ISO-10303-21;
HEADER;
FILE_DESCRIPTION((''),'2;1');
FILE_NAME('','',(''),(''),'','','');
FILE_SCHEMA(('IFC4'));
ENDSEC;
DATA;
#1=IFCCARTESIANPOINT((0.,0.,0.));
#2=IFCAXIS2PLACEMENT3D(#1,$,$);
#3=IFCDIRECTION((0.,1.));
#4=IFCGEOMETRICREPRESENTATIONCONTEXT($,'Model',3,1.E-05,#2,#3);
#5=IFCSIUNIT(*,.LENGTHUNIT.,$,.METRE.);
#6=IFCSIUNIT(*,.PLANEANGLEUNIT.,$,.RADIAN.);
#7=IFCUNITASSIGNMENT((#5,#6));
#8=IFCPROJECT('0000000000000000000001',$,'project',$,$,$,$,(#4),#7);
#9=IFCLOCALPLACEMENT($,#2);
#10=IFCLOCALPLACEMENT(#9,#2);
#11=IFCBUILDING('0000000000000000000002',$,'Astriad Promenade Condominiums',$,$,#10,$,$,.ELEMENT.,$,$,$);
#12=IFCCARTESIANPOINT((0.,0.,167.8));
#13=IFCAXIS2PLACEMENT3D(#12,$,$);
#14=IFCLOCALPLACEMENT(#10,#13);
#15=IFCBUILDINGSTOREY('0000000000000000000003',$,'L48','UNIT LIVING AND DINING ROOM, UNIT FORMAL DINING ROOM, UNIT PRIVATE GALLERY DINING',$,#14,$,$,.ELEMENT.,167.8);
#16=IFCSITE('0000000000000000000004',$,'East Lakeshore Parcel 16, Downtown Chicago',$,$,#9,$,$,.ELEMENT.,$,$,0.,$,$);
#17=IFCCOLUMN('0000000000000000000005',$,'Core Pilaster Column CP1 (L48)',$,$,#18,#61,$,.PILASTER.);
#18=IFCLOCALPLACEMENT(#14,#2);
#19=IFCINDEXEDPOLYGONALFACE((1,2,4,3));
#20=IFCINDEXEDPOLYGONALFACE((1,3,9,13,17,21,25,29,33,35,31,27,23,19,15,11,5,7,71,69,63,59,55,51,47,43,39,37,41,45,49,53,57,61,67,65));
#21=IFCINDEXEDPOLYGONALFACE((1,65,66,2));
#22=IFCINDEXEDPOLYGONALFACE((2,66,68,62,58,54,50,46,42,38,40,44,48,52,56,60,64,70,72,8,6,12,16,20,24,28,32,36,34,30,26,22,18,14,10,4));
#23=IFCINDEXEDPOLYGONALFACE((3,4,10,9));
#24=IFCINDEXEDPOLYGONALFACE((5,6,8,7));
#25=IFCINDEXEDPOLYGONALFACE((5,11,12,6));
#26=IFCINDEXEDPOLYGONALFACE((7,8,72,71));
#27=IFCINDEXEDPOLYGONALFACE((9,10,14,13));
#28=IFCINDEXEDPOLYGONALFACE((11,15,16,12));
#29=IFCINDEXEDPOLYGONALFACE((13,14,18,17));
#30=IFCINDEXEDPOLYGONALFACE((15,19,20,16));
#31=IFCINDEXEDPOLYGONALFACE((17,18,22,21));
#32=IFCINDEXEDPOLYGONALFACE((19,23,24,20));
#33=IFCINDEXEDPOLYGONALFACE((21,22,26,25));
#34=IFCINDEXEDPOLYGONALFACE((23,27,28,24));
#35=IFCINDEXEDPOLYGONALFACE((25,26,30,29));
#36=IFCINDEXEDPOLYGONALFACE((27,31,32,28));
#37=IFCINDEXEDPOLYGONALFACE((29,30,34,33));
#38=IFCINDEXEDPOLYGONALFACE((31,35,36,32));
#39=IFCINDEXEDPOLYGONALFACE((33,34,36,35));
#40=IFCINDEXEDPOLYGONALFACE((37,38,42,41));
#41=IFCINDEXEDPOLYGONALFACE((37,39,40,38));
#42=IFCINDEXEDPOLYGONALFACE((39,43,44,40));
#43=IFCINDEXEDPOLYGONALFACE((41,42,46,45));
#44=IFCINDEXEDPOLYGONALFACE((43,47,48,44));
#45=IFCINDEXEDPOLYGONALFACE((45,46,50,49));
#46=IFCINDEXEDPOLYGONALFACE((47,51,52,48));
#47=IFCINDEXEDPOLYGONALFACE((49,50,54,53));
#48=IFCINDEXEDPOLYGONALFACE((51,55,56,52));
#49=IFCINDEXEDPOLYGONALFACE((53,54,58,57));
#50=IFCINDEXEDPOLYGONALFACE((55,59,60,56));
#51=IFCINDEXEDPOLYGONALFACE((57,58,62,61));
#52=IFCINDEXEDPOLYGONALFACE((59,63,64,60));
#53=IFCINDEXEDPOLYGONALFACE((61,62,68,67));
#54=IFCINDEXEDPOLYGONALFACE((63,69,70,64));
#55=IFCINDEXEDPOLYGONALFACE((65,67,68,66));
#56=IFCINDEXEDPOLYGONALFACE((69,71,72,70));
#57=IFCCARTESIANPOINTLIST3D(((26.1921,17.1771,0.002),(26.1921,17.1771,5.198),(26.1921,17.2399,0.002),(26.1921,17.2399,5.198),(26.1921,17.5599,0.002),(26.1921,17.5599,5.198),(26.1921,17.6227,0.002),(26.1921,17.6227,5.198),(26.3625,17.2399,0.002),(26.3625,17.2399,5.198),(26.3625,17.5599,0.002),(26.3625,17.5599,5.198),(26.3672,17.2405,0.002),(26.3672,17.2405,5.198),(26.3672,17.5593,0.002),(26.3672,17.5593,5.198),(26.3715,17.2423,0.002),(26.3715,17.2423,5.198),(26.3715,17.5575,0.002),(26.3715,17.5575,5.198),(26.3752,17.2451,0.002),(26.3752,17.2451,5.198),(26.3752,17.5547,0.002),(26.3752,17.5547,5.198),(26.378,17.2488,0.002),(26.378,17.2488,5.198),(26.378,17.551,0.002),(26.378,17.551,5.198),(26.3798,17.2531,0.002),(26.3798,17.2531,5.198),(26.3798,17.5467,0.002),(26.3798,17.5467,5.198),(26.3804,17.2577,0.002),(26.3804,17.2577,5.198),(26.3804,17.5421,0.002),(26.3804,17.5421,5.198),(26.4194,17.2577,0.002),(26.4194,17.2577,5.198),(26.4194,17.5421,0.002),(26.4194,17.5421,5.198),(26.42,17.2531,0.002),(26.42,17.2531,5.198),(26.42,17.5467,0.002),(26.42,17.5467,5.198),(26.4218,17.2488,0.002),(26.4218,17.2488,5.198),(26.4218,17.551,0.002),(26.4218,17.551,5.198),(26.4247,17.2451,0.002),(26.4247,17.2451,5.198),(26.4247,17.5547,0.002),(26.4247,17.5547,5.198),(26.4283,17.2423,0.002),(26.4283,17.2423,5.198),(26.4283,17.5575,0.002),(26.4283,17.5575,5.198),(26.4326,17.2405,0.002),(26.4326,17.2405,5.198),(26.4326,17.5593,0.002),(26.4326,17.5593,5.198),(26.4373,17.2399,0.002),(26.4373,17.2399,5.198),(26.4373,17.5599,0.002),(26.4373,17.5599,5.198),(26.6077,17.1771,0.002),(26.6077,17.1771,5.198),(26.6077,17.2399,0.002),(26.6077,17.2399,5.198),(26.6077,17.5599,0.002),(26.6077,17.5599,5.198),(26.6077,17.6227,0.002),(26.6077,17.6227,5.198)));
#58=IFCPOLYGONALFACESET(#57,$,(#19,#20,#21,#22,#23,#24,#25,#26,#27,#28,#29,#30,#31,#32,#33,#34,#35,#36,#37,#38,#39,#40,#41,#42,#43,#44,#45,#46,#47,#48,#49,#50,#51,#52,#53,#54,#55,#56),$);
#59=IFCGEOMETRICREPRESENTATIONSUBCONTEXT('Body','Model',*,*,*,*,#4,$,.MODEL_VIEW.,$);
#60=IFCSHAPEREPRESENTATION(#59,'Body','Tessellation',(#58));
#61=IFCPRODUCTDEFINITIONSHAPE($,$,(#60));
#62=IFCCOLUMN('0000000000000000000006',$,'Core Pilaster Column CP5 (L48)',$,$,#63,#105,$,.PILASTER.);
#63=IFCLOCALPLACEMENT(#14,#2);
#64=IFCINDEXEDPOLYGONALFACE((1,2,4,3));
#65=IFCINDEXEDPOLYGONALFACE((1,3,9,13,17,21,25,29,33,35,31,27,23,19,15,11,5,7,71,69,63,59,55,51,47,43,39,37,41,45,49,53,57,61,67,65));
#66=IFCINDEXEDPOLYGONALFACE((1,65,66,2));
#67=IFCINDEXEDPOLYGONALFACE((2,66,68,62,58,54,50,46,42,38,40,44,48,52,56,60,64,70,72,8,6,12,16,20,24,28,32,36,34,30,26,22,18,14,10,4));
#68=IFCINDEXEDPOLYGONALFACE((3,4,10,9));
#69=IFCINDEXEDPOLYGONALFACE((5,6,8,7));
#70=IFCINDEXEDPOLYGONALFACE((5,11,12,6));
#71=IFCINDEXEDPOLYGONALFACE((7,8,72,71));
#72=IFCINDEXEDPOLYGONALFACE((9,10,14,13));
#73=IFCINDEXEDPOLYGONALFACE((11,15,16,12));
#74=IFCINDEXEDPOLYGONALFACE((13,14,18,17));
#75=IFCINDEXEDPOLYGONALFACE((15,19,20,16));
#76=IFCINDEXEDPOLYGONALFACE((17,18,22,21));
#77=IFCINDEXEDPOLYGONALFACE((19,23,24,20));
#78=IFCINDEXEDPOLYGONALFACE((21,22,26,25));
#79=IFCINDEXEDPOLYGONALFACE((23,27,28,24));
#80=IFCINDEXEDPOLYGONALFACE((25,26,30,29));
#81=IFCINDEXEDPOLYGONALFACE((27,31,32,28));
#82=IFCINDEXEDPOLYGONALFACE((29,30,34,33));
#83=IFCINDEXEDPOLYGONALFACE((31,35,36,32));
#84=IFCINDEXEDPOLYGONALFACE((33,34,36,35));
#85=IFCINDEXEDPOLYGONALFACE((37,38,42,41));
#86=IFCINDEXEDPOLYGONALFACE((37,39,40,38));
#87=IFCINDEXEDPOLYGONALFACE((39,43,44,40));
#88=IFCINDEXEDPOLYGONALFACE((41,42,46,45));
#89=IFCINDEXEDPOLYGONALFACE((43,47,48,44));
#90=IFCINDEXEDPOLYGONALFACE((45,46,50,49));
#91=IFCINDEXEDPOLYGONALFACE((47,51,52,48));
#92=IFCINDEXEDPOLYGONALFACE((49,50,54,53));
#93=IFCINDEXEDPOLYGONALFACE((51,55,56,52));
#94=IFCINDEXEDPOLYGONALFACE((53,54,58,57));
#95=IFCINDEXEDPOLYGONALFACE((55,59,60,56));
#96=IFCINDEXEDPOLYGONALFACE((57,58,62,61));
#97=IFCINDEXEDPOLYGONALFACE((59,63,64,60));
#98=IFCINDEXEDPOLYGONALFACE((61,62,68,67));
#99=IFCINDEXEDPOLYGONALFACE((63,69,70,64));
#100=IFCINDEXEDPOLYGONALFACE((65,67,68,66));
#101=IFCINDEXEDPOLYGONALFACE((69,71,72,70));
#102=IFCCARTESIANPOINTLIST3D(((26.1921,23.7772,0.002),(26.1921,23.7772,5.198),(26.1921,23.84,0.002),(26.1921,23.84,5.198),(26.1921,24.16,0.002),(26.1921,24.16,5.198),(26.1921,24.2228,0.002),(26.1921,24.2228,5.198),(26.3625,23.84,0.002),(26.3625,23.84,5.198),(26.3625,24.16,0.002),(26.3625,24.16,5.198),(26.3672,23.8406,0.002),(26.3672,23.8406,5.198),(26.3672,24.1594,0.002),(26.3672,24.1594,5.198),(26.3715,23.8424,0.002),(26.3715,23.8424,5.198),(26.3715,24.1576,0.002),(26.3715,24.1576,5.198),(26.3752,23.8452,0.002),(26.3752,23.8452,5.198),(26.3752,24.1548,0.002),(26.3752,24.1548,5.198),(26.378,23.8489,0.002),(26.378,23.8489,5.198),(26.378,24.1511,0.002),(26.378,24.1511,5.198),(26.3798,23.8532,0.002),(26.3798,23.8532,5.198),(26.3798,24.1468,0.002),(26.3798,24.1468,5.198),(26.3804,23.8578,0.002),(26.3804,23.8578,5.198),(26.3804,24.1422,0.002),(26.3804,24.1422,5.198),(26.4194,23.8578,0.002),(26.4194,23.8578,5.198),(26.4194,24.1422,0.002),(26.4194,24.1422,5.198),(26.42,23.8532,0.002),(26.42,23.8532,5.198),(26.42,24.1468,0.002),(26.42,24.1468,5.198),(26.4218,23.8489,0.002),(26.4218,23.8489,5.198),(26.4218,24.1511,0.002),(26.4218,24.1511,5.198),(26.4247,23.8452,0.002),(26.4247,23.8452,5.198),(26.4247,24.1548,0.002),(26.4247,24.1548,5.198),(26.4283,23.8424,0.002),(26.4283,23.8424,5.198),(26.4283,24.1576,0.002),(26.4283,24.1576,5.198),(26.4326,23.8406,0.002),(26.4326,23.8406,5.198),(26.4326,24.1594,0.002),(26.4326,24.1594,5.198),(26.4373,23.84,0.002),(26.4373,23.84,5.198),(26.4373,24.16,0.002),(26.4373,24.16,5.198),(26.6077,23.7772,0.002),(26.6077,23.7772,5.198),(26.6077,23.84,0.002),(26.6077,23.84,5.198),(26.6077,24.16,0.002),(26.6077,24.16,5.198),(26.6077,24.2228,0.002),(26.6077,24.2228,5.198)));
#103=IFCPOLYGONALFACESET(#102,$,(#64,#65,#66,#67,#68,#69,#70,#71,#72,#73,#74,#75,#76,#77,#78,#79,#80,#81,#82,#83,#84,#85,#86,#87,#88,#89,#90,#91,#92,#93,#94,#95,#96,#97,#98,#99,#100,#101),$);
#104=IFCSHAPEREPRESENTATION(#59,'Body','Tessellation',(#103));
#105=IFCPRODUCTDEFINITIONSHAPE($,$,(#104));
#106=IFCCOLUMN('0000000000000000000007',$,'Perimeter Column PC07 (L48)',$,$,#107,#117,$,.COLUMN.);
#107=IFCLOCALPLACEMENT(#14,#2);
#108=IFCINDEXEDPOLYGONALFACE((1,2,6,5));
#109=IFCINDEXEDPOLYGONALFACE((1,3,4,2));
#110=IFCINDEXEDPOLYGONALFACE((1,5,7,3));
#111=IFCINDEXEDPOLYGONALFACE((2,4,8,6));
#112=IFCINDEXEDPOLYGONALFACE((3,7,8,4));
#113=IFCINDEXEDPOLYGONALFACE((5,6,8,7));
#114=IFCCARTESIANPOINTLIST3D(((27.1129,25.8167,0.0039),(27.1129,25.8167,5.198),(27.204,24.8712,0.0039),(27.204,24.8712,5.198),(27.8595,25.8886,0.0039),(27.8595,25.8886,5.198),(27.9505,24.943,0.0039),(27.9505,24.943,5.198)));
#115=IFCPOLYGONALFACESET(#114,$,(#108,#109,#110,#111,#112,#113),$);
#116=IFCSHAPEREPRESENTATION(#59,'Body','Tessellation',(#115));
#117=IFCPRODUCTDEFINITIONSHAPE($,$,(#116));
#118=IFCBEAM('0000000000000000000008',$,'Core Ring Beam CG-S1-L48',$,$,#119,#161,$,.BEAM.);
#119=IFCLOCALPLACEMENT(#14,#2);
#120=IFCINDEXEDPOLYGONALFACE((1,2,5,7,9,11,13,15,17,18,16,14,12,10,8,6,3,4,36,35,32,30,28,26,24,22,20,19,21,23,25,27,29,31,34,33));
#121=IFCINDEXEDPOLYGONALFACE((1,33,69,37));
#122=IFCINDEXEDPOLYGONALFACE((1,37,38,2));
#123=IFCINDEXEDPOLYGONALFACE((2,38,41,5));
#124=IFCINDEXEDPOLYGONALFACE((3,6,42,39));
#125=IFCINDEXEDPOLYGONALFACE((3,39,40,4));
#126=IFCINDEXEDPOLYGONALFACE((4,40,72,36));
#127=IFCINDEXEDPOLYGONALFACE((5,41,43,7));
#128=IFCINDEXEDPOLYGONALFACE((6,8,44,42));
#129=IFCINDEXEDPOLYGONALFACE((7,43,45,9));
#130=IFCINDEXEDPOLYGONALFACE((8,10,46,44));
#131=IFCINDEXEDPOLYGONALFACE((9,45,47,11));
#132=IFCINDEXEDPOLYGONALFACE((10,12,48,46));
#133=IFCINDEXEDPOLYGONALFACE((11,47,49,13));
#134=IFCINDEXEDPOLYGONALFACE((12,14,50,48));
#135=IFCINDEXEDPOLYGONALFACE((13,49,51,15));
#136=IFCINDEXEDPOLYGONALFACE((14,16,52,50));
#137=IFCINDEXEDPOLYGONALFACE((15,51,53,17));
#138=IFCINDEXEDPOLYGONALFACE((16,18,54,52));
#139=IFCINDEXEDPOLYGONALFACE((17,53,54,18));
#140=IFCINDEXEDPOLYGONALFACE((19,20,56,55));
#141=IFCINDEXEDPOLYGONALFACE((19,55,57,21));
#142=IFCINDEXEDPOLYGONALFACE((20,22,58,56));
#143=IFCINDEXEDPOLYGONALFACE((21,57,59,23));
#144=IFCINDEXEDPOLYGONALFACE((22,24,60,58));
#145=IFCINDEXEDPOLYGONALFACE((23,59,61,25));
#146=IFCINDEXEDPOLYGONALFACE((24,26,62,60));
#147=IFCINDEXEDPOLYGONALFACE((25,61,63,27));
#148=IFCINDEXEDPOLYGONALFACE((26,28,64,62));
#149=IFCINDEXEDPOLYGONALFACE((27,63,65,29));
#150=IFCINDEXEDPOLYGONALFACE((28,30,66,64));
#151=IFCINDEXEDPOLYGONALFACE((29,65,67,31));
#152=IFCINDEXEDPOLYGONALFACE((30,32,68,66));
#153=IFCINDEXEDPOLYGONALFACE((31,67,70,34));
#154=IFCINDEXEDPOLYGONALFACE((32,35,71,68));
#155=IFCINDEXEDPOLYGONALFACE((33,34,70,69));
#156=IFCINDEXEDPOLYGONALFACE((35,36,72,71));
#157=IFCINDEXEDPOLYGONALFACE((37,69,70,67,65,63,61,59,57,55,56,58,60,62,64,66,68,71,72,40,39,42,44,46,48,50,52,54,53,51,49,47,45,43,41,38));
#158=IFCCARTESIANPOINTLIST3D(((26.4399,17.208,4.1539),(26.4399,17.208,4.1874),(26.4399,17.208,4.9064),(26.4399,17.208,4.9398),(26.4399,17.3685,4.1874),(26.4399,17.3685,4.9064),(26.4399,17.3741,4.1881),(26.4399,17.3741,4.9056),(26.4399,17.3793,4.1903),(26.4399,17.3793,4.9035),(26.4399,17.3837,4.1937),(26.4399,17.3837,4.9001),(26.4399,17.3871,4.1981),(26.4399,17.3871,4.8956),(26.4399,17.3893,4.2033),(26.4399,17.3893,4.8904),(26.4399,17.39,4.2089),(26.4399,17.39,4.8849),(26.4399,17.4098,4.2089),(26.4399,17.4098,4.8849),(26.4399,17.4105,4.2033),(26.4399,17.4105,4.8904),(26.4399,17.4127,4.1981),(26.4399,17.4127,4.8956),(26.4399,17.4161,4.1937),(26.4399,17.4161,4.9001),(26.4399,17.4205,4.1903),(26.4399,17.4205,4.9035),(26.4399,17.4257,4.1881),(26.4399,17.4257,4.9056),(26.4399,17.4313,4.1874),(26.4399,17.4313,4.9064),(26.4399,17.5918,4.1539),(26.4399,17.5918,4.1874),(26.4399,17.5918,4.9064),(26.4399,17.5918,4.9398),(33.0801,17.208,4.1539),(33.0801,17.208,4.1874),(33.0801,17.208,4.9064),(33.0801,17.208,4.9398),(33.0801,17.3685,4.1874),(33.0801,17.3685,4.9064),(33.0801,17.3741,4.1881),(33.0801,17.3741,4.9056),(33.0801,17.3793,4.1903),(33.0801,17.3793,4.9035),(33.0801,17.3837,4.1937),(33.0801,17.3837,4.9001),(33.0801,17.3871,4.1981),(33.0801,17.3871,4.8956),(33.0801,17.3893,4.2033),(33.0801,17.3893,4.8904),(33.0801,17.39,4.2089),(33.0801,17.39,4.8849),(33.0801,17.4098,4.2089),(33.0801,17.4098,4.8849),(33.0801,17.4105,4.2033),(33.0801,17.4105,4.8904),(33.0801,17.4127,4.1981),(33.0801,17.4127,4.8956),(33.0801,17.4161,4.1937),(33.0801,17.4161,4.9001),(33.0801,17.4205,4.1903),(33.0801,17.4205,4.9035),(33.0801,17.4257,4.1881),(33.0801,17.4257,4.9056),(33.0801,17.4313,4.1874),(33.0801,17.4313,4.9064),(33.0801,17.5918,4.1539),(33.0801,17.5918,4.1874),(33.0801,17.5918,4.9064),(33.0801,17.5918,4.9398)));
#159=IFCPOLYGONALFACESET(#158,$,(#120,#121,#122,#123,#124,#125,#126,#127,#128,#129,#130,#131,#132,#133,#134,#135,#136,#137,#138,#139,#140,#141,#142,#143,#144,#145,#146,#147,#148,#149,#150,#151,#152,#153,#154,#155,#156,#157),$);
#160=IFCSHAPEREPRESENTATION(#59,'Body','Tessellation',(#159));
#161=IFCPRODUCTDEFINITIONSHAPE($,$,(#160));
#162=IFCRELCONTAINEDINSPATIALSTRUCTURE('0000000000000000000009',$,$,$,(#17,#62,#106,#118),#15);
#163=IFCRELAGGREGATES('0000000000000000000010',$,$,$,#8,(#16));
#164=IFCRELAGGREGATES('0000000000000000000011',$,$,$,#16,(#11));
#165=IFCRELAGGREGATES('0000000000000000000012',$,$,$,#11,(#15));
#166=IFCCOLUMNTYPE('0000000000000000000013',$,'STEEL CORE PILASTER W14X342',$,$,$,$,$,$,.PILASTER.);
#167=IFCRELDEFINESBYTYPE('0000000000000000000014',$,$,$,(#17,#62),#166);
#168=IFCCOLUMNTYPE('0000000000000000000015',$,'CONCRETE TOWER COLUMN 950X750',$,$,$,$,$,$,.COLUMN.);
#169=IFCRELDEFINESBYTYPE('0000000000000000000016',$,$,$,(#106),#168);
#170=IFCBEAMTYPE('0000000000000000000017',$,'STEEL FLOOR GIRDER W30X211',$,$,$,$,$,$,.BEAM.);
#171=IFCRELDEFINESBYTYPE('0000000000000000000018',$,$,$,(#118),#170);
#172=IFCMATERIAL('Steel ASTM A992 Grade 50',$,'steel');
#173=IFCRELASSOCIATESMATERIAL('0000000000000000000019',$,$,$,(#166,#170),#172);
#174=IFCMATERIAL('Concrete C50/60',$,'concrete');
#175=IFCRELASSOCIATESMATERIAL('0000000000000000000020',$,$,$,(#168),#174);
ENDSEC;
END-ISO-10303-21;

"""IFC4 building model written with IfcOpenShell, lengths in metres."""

from ifc_helpers import new_model, si_unit, direction, frame, origin, origin_2d, place, context, subcontext, project, spatial, rectangle, i_section, extrude, source, transform, mapped, material, material_profile, profile_set, type_object, type_shapes, element, save


model = new_model("IFC4")

# Units and contexts
model_context = context("Model", 3, precision=1e-05, world=origin(), true_north=direction((0.0, 1.0)))
body_context = subcontext(model_context, "Body", "Model", "MODEL_VIEW")
ifc_project = project(units=[si_unit("LENGTHUNIT", "METRE"), si_unit("PLANEANGLEUNIT", "RADIAN")], contexts=[model_context])

# Site, building, storey
site_placement = place(None, origin())
site = spatial("IfcSite", under=ifc_project, at=site_placement, Name="East Lakeshore Parcel 16, Downtown Chicago", CompositionType="ELEMENT", RefElevation=0.0)
building_placement = place(site_placement, origin())
building = spatial("IfcBuilding", under=site, at=building_placement, Name="Astriad Promenade Condominiums", CompositionType="ELEMENT")
storey_placement = place(building_placement, frame((0.0, 0.0, 167.8)))
storey = spatial("IfcBuildingStorey", under=building, at=storey_placement, Name="L48", Description="UNIT LIVING AND DINING ROOM, UNIT FORMAL DINING ROOM, UNIT PRIVATE GALLERY DINING", CompositionType="ELEMENT", Elevation=167.8)

# Columns
ifc_material_1 = material(Name="Steel ASTM A992 Grade 50", Category="steel")
ifc_material_profile_1 = material_profile(ifc_material_1, i_section(OverallWidth=0.4155, OverallDepth=0.4456, WebThickness=0.0391, FlangeThickness=0.0627, FilletRadius=0.0178, at=origin_2d()), Name="W14X342")
ifc_profile_set_1 = profile_set([ifc_material_profile_1], Name="Steel ASTM A992 Grade 50")
column_type_1 = type_object("IfcColumnType", Name="STEEL CORE PILASTER W14X342", PredefinedType="PILASTER", material=ifc_profile_set_1)
shared_shape_1 = source(origin(), body_context, "Body", "SweptSolid", [
    extrude(i_section(OverallWidth=0.4155, OverallDepth=0.4456, WebThickness=0.0391, FlangeThickness=0.0627, FilletRadius=0.0178, at=origin_2d()), origin(), (0.0, 0.0, 1.0), 5.196),
])
type_shapes(column_type_1, [shared_shape_1])
for number, where, z_axis, x_axis, name in (
    (1, (26.3999, 17.3999, 0.002), (0.0, 0.0, 1.0), (1.0, 0.0, 0.0), "Core Pilaster Column CP1 (L48)"),
    (2, (26.3999, 24.0, 0.002), (0.0, 0.0, 1.0), (1.0, 0.0, 0.0), "Core Pilaster Column CP5 (L48)"),
):
    element("IfcColumn", number, at=place(storey_placement, frame(where, z_axis=z_axis, x_axis=x_axis)), inside=storey, type_object=column_type_1, Name=name, PredefinedType="PILASTER", context=body_context, shape_type="MappedRepresentation", body=[
        mapped(shared_shape_1, transform((0.0, 0.0, 0.0), scale=1.0)),
    ])
ifc_material_2 = material(Name="Concrete C50/60", Category="concrete")
ifc_material_profile_2 = material_profile(ifc_material_2, rectangle(XDim=0.75, YDim=0.95, at=origin_2d()), Name="RC-COL-950X750")
ifc_profile_set_2 = profile_set([ifc_material_profile_2], Name="Concrete C50/60")
column_type_2 = type_object("IfcColumnType", Name="CONCRETE TOWER COLUMN 950X750", PredefinedType="COLUMN", material=ifc_profile_set_2)
shared_shape_2 = source(origin(), body_context, "Body", "SweptSolid", [
    extrude(rectangle(XDim=0.75, YDim=0.95, at=origin_2d()), origin(), (0.0, 0.0, 1.0), 5.1941),
])
type_shapes(column_type_2, [shared_shape_2])
column_placement = place(storey_placement, frame((27.5317, 25.3799, 0.0039), z_axis=(0.0, 0.0, 1.0), x_axis=(0.995396, 0.095846, 0.0)))
element("IfcColumn", 3, at=column_placement, inside=storey, type_object=column_type_2, Name="Perimeter Column PC07 (L48)", PredefinedType="COLUMN", context=body_context, shape_type="MappedRepresentation", body=[
    mapped(shared_shape_2, transform((0.0, 0.0, 0.0), scale=1.0)),
])

# Beam
ifc_material_profile_3 = material_profile(ifc_material_1, i_section(OverallWidth=0.3838, OverallDepth=0.7859, WebThickness=0.0198, FlangeThickness=0.0334, FilletRadius=0.0215, at=origin_2d()), Name="W30X211")
ifc_profile_set_3 = profile_set([ifc_material_profile_3], Name="Steel ASTM A992 Grade 50")
beam_type_1 = type_object("IfcBeamType", Name="STEEL FLOOR GIRDER W30X211", PredefinedType="BEAM", material=ifc_profile_set_3)
shared_shape_3 = source(origin(), body_context, "Body", "SweptSolid", [
    extrude(i_section(OverallWidth=0.3838, OverallDepth=0.7859, WebThickness=0.0198, FlangeThickness=0.0334, FilletRadius=0.0215, at=origin_2d()), origin(), (0.0, 0.0, 1.0), 6.6401),
])
type_shapes(beam_type_1, [shared_shape_3])
beam_1_placement = place(storey_placement, frame((26.4399, 17.3999, 4.5469), z_axis=(1.0, 0.0, 0.0), x_axis=(0.0, 1.0, 0.0)))
element("IfcBeam", 4, at=beam_1_placement, inside=storey, type_object=beam_type_1, Name="Core Ring Beam CG-S1-L48", PredefinedType="BEAM", context=body_context, shape_type="MappedRepresentation", body=[
    mapped(shared_shape_3, transform((0.0, 0.0, 0.0), scale=1.0)),
])

save(model, "model.ifc")
